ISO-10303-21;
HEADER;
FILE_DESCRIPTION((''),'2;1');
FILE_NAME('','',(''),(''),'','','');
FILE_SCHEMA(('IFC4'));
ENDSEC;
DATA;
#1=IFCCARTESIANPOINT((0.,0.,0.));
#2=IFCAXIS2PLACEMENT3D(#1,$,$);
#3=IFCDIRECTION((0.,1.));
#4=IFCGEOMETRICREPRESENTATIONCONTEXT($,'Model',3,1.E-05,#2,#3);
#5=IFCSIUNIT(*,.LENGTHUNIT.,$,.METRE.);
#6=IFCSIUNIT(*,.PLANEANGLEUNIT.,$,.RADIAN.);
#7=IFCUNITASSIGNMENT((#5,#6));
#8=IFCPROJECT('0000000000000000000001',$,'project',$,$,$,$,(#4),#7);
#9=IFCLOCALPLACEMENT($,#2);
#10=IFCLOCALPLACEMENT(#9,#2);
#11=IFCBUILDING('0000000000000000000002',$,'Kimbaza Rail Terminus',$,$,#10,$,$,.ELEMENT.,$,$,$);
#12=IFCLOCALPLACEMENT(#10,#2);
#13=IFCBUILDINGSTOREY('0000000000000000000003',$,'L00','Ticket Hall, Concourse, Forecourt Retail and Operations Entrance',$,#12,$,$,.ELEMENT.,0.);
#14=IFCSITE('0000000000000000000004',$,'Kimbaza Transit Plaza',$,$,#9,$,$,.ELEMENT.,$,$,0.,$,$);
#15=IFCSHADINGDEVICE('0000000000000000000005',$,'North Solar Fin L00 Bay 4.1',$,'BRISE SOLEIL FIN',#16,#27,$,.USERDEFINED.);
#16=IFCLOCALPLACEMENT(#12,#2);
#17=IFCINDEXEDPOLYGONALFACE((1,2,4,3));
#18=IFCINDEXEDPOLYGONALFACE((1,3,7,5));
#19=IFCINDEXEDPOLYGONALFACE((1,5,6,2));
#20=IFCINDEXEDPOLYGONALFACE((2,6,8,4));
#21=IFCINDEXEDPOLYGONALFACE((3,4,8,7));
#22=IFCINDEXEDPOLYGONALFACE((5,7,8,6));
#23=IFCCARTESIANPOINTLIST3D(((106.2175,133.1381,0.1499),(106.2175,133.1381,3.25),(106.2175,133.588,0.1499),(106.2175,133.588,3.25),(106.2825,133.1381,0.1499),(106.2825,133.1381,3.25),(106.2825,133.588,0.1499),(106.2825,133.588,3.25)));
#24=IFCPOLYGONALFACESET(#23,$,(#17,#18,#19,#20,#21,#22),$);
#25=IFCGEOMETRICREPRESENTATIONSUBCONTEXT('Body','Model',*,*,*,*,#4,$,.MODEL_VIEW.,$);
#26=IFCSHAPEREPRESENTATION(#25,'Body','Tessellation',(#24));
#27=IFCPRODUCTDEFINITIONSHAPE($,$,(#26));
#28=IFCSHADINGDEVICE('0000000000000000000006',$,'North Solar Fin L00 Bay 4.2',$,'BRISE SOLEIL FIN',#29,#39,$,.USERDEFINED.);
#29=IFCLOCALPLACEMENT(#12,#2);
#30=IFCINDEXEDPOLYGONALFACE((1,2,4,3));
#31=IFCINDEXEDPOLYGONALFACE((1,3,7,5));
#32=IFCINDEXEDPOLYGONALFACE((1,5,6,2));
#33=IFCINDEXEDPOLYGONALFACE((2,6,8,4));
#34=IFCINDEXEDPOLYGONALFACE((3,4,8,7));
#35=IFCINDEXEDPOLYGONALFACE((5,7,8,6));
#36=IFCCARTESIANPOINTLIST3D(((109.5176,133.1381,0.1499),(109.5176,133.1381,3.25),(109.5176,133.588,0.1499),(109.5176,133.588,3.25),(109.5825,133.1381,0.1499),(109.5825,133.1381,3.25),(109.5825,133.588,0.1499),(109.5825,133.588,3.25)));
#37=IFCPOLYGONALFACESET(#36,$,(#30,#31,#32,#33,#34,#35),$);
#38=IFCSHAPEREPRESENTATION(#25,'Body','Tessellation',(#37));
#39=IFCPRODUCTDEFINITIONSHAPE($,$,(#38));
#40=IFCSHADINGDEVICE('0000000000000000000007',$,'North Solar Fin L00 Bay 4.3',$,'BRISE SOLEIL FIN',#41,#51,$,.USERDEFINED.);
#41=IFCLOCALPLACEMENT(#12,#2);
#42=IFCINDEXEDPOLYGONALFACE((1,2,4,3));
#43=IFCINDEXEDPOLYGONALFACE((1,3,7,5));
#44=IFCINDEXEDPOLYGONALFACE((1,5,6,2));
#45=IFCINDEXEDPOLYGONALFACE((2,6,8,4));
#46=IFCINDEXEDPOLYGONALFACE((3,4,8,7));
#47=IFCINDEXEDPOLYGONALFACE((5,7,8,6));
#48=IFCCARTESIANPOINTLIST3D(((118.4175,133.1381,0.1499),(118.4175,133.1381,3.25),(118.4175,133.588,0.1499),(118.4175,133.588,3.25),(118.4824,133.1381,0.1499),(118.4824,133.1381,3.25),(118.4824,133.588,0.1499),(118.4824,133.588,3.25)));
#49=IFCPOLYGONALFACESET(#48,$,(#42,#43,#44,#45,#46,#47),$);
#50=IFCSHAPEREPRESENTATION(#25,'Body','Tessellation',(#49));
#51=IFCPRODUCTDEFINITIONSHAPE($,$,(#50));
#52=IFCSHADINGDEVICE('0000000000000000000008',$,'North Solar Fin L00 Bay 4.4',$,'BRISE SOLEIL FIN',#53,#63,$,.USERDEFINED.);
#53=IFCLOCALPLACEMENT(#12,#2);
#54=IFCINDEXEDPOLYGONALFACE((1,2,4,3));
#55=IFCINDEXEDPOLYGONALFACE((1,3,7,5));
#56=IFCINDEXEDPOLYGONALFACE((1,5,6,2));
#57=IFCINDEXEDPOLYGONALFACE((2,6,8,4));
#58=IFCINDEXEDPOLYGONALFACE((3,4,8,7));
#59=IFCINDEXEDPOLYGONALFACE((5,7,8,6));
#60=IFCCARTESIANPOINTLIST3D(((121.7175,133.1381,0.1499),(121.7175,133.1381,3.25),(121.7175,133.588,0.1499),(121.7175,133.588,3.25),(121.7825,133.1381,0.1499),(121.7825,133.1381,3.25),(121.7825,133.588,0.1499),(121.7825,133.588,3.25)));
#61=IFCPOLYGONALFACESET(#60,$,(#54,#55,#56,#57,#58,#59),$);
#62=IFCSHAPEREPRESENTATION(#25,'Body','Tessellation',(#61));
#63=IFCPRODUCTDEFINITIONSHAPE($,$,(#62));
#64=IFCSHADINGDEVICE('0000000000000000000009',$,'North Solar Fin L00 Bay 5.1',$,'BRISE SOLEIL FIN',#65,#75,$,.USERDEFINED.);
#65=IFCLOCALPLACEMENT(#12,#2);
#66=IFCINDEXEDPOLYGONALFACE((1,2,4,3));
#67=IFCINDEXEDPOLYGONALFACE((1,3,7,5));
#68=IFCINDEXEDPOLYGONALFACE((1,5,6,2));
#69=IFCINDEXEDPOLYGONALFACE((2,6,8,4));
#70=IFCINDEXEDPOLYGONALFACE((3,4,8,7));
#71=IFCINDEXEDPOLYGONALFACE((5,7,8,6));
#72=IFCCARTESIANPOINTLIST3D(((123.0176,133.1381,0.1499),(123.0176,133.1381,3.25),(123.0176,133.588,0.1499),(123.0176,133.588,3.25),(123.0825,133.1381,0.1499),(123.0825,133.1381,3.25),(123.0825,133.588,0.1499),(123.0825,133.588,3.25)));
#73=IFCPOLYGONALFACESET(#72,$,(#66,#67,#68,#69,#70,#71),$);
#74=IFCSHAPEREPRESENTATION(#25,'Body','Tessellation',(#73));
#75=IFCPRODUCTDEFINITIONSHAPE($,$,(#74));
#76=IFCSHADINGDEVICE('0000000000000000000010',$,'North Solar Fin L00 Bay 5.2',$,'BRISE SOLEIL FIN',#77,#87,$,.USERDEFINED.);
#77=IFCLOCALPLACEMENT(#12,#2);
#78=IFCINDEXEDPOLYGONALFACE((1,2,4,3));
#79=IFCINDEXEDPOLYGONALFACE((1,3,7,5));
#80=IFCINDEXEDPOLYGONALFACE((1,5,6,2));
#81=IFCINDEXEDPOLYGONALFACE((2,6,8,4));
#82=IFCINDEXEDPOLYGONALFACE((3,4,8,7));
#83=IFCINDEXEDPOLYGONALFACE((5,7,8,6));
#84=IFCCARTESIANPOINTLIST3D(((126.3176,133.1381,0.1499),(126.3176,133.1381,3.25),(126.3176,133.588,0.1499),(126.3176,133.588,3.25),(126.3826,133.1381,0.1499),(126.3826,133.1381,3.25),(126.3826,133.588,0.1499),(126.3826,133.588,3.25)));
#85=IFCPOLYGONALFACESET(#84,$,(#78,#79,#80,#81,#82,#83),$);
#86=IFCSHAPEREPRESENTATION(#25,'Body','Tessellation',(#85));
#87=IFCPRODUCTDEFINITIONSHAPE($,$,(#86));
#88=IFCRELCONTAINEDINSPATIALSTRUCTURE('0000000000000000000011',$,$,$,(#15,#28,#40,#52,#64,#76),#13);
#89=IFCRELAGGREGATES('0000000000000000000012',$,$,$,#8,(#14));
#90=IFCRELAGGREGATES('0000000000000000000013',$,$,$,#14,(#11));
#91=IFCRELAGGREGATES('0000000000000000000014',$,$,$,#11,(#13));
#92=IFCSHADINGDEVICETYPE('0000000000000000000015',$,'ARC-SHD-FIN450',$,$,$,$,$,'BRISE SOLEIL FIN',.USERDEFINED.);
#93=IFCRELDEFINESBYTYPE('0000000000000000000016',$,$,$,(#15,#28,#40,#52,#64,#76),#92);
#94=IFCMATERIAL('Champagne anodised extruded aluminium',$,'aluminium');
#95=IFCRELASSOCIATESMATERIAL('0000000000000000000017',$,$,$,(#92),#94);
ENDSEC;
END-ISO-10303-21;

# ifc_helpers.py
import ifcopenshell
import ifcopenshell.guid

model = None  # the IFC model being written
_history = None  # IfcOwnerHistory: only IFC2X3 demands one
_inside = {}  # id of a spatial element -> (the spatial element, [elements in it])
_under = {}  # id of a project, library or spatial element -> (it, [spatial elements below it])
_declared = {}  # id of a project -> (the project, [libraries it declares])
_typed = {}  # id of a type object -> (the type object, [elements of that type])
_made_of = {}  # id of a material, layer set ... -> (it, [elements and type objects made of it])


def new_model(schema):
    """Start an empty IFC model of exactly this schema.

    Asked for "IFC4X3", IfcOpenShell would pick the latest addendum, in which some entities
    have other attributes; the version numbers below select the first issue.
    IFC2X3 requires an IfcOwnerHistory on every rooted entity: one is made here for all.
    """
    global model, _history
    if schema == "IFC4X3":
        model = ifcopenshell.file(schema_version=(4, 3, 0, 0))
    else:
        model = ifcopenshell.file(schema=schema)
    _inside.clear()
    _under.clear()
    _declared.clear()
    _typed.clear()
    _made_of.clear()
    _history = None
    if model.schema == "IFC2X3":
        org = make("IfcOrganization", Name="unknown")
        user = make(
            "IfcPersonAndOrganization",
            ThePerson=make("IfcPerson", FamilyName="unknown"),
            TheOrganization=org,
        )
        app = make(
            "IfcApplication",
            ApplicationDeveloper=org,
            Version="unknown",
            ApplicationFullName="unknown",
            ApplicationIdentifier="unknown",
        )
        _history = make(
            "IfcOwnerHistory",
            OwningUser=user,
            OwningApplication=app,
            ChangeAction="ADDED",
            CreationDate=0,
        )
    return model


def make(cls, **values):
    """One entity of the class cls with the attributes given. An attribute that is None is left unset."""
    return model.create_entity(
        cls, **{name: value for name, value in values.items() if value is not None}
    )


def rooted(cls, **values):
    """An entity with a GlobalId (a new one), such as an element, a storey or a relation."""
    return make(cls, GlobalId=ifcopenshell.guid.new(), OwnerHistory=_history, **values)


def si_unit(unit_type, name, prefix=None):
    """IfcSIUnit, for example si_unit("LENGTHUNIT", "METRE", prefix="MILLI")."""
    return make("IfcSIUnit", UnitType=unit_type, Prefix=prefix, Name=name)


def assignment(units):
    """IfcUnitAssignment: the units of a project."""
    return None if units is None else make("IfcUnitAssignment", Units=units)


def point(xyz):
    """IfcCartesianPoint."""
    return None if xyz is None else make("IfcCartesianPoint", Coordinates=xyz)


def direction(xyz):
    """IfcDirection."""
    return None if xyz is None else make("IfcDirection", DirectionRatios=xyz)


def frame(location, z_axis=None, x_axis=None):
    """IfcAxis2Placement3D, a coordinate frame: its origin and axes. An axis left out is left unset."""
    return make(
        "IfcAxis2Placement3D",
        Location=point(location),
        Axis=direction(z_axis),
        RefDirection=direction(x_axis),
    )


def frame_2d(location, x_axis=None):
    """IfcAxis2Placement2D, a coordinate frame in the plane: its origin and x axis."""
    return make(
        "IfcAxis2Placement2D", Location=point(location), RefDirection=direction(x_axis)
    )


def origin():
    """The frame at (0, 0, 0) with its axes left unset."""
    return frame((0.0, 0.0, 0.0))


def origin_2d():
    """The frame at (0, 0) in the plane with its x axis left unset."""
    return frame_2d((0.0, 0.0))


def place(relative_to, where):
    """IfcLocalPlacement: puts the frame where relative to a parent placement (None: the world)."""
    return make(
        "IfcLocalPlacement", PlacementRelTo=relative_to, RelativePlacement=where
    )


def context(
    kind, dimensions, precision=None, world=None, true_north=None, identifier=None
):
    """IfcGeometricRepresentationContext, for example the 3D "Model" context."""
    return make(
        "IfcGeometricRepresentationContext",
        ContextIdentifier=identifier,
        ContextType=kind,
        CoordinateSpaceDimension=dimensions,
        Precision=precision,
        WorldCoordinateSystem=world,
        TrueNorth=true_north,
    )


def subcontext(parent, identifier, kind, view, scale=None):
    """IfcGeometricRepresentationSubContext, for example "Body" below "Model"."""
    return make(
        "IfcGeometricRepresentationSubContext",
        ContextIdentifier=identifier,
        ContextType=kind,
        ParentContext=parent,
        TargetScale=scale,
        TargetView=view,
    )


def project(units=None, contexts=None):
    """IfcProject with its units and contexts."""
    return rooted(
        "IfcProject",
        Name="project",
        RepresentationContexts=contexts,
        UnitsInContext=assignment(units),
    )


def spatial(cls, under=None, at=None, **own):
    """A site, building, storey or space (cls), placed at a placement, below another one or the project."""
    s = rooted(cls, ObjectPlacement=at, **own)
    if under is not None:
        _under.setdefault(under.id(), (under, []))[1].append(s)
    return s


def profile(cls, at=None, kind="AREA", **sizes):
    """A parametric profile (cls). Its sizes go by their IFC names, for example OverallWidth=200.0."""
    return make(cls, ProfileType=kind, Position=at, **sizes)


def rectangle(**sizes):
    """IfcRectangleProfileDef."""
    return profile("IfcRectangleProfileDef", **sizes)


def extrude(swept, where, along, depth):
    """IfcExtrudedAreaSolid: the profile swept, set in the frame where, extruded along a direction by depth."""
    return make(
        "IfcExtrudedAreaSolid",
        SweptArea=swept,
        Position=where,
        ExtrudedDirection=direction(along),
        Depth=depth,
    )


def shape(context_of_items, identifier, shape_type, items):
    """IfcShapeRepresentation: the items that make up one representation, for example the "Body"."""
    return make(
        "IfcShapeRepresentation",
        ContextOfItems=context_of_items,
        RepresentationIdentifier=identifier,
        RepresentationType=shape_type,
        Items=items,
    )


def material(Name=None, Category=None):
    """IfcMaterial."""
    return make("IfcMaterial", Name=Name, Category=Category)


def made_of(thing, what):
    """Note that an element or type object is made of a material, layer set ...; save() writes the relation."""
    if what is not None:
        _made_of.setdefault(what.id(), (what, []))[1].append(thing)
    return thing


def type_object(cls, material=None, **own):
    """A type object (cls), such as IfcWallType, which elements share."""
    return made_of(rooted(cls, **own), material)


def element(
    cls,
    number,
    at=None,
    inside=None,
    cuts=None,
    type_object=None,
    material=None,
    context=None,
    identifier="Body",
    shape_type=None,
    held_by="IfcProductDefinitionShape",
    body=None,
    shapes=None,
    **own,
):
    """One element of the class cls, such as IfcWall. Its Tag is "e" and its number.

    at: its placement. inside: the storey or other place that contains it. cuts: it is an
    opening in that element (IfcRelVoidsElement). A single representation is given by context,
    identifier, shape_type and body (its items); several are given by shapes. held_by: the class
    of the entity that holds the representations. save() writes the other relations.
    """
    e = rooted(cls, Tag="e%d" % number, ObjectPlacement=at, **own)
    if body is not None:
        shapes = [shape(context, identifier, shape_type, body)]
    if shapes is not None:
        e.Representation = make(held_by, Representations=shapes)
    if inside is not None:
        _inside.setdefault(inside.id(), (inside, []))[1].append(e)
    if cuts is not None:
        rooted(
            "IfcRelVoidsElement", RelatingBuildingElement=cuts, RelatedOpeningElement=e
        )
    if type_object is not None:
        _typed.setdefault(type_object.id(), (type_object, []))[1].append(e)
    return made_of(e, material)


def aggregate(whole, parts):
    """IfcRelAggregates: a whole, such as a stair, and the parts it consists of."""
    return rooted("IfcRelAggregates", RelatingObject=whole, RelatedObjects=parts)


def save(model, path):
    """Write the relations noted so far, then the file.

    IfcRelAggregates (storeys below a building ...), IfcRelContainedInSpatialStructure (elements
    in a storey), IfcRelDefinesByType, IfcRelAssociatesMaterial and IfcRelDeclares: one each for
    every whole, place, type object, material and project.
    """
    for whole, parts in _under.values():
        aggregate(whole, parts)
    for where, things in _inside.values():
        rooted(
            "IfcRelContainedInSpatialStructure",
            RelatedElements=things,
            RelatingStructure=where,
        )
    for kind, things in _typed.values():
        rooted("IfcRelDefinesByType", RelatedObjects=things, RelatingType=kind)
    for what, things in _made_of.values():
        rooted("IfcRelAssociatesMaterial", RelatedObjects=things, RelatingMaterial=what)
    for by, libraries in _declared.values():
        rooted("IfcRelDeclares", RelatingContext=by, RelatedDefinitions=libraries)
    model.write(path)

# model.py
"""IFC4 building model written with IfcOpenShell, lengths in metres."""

from ifc_helpers import new_model, si_unit, direction, frame, origin, origin_2d, place, context, subcontext, project, spatial, rectangle, extrude, material, type_object, element, save


model = new_model("IFC4")

# Units and contexts
model_context = context("Model", 3, precision=1e-05, world=origin(), true_north=direction((0.0, 1.0)))
body_context = subcontext(model_context, "Body", "Model", "MODEL_VIEW")
ifc_project = project(units=[si_unit("LENGTHUNIT", "METRE"), si_unit("PLANEANGLEUNIT", "RADIAN")], contexts=[model_context])

# Site, building, storey
site_placement = place(None, origin())
site = spatial("IfcSite", under=ifc_project, at=site_placement, Name="Kimbaza Transit Plaza", CompositionType="ELEMENT", RefElevation=0.0)
building_placement = place(site_placement, origin())
building = spatial("IfcBuilding", under=site, at=building_placement, Name="Kimbaza Rail Terminus", CompositionType="ELEMENT")
storey_placement = place(building_placement, origin())
storey = spatial("IfcBuildingStorey", under=building, at=storey_placement, Name="L00", Description="Ticket Hall, Concourse, Forecourt Retail and Operations Entrance", CompositionType="ELEMENT", Elevation=0.0)

# Shading devices
ifc_material_1 = material(Name="Champagne anodised extruded aluminium", Category="aluminium")
shading_device_type = type_object("IfcShadingDeviceType", Name="ARC-SHD-FIN450", ElementType="BRISE SOLEIL FIN", PredefinedType="USERDEFINED", material=ifc_material_1)
for number, where, z_axis, x_axis, name in (
    (1, (106.25, 133.363, 0.1499), (0.0, 0.0, 1.0), (1.0, 0.0, 0.0), "North Solar Fin L00 Bay 4.1"),
    (2, (109.55, 133.363, 0.1499), (0.0, 0.0, 1.0), (1.0, 0.0, 0.0), "North Solar Fin L00 Bay 4.2"),
    (3, (118.45, 133.363, 0.1499), (0.0, 0.0, 1.0), (1.0, 0.0, 0.0), "North Solar Fin L00 Bay 4.3"),
    (4, (121.75, 133.363, 0.1499), (0.0, 0.0, 1.0), (1.0, 0.0, 0.0), "North Solar Fin L00 Bay 4.4"),
    (5, (123.05, 133.363, 0.1499), (0.0, 0.0, 1.0), (1.0, 0.0, 0.0), "North Solar Fin L00 Bay 5.1"),
    (6, (126.3501, 133.363, 0.1499), (0.0, 0.0, 1.0), (1.0, 0.0, 0.0), "North Solar Fin L00 Bay 5.2"),
):
    element("IfcShadingDevice", number, at=place(storey_placement, frame(where, z_axis=z_axis, x_axis=x_axis)), inside=storey, type_object=shading_device_type, Name=name, ObjectType="BRISE SOLEIL FIN", PredefinedType="USERDEFINED", context=body_context, shape_type="SweptSolid", body=[
        extrude(rectangle(XDim=0.0649, YDim=0.45, at=origin_2d()), origin(), (0.0, 0.0, 1.0), 3.1001),
    ])

save(model, "model.ifc")
